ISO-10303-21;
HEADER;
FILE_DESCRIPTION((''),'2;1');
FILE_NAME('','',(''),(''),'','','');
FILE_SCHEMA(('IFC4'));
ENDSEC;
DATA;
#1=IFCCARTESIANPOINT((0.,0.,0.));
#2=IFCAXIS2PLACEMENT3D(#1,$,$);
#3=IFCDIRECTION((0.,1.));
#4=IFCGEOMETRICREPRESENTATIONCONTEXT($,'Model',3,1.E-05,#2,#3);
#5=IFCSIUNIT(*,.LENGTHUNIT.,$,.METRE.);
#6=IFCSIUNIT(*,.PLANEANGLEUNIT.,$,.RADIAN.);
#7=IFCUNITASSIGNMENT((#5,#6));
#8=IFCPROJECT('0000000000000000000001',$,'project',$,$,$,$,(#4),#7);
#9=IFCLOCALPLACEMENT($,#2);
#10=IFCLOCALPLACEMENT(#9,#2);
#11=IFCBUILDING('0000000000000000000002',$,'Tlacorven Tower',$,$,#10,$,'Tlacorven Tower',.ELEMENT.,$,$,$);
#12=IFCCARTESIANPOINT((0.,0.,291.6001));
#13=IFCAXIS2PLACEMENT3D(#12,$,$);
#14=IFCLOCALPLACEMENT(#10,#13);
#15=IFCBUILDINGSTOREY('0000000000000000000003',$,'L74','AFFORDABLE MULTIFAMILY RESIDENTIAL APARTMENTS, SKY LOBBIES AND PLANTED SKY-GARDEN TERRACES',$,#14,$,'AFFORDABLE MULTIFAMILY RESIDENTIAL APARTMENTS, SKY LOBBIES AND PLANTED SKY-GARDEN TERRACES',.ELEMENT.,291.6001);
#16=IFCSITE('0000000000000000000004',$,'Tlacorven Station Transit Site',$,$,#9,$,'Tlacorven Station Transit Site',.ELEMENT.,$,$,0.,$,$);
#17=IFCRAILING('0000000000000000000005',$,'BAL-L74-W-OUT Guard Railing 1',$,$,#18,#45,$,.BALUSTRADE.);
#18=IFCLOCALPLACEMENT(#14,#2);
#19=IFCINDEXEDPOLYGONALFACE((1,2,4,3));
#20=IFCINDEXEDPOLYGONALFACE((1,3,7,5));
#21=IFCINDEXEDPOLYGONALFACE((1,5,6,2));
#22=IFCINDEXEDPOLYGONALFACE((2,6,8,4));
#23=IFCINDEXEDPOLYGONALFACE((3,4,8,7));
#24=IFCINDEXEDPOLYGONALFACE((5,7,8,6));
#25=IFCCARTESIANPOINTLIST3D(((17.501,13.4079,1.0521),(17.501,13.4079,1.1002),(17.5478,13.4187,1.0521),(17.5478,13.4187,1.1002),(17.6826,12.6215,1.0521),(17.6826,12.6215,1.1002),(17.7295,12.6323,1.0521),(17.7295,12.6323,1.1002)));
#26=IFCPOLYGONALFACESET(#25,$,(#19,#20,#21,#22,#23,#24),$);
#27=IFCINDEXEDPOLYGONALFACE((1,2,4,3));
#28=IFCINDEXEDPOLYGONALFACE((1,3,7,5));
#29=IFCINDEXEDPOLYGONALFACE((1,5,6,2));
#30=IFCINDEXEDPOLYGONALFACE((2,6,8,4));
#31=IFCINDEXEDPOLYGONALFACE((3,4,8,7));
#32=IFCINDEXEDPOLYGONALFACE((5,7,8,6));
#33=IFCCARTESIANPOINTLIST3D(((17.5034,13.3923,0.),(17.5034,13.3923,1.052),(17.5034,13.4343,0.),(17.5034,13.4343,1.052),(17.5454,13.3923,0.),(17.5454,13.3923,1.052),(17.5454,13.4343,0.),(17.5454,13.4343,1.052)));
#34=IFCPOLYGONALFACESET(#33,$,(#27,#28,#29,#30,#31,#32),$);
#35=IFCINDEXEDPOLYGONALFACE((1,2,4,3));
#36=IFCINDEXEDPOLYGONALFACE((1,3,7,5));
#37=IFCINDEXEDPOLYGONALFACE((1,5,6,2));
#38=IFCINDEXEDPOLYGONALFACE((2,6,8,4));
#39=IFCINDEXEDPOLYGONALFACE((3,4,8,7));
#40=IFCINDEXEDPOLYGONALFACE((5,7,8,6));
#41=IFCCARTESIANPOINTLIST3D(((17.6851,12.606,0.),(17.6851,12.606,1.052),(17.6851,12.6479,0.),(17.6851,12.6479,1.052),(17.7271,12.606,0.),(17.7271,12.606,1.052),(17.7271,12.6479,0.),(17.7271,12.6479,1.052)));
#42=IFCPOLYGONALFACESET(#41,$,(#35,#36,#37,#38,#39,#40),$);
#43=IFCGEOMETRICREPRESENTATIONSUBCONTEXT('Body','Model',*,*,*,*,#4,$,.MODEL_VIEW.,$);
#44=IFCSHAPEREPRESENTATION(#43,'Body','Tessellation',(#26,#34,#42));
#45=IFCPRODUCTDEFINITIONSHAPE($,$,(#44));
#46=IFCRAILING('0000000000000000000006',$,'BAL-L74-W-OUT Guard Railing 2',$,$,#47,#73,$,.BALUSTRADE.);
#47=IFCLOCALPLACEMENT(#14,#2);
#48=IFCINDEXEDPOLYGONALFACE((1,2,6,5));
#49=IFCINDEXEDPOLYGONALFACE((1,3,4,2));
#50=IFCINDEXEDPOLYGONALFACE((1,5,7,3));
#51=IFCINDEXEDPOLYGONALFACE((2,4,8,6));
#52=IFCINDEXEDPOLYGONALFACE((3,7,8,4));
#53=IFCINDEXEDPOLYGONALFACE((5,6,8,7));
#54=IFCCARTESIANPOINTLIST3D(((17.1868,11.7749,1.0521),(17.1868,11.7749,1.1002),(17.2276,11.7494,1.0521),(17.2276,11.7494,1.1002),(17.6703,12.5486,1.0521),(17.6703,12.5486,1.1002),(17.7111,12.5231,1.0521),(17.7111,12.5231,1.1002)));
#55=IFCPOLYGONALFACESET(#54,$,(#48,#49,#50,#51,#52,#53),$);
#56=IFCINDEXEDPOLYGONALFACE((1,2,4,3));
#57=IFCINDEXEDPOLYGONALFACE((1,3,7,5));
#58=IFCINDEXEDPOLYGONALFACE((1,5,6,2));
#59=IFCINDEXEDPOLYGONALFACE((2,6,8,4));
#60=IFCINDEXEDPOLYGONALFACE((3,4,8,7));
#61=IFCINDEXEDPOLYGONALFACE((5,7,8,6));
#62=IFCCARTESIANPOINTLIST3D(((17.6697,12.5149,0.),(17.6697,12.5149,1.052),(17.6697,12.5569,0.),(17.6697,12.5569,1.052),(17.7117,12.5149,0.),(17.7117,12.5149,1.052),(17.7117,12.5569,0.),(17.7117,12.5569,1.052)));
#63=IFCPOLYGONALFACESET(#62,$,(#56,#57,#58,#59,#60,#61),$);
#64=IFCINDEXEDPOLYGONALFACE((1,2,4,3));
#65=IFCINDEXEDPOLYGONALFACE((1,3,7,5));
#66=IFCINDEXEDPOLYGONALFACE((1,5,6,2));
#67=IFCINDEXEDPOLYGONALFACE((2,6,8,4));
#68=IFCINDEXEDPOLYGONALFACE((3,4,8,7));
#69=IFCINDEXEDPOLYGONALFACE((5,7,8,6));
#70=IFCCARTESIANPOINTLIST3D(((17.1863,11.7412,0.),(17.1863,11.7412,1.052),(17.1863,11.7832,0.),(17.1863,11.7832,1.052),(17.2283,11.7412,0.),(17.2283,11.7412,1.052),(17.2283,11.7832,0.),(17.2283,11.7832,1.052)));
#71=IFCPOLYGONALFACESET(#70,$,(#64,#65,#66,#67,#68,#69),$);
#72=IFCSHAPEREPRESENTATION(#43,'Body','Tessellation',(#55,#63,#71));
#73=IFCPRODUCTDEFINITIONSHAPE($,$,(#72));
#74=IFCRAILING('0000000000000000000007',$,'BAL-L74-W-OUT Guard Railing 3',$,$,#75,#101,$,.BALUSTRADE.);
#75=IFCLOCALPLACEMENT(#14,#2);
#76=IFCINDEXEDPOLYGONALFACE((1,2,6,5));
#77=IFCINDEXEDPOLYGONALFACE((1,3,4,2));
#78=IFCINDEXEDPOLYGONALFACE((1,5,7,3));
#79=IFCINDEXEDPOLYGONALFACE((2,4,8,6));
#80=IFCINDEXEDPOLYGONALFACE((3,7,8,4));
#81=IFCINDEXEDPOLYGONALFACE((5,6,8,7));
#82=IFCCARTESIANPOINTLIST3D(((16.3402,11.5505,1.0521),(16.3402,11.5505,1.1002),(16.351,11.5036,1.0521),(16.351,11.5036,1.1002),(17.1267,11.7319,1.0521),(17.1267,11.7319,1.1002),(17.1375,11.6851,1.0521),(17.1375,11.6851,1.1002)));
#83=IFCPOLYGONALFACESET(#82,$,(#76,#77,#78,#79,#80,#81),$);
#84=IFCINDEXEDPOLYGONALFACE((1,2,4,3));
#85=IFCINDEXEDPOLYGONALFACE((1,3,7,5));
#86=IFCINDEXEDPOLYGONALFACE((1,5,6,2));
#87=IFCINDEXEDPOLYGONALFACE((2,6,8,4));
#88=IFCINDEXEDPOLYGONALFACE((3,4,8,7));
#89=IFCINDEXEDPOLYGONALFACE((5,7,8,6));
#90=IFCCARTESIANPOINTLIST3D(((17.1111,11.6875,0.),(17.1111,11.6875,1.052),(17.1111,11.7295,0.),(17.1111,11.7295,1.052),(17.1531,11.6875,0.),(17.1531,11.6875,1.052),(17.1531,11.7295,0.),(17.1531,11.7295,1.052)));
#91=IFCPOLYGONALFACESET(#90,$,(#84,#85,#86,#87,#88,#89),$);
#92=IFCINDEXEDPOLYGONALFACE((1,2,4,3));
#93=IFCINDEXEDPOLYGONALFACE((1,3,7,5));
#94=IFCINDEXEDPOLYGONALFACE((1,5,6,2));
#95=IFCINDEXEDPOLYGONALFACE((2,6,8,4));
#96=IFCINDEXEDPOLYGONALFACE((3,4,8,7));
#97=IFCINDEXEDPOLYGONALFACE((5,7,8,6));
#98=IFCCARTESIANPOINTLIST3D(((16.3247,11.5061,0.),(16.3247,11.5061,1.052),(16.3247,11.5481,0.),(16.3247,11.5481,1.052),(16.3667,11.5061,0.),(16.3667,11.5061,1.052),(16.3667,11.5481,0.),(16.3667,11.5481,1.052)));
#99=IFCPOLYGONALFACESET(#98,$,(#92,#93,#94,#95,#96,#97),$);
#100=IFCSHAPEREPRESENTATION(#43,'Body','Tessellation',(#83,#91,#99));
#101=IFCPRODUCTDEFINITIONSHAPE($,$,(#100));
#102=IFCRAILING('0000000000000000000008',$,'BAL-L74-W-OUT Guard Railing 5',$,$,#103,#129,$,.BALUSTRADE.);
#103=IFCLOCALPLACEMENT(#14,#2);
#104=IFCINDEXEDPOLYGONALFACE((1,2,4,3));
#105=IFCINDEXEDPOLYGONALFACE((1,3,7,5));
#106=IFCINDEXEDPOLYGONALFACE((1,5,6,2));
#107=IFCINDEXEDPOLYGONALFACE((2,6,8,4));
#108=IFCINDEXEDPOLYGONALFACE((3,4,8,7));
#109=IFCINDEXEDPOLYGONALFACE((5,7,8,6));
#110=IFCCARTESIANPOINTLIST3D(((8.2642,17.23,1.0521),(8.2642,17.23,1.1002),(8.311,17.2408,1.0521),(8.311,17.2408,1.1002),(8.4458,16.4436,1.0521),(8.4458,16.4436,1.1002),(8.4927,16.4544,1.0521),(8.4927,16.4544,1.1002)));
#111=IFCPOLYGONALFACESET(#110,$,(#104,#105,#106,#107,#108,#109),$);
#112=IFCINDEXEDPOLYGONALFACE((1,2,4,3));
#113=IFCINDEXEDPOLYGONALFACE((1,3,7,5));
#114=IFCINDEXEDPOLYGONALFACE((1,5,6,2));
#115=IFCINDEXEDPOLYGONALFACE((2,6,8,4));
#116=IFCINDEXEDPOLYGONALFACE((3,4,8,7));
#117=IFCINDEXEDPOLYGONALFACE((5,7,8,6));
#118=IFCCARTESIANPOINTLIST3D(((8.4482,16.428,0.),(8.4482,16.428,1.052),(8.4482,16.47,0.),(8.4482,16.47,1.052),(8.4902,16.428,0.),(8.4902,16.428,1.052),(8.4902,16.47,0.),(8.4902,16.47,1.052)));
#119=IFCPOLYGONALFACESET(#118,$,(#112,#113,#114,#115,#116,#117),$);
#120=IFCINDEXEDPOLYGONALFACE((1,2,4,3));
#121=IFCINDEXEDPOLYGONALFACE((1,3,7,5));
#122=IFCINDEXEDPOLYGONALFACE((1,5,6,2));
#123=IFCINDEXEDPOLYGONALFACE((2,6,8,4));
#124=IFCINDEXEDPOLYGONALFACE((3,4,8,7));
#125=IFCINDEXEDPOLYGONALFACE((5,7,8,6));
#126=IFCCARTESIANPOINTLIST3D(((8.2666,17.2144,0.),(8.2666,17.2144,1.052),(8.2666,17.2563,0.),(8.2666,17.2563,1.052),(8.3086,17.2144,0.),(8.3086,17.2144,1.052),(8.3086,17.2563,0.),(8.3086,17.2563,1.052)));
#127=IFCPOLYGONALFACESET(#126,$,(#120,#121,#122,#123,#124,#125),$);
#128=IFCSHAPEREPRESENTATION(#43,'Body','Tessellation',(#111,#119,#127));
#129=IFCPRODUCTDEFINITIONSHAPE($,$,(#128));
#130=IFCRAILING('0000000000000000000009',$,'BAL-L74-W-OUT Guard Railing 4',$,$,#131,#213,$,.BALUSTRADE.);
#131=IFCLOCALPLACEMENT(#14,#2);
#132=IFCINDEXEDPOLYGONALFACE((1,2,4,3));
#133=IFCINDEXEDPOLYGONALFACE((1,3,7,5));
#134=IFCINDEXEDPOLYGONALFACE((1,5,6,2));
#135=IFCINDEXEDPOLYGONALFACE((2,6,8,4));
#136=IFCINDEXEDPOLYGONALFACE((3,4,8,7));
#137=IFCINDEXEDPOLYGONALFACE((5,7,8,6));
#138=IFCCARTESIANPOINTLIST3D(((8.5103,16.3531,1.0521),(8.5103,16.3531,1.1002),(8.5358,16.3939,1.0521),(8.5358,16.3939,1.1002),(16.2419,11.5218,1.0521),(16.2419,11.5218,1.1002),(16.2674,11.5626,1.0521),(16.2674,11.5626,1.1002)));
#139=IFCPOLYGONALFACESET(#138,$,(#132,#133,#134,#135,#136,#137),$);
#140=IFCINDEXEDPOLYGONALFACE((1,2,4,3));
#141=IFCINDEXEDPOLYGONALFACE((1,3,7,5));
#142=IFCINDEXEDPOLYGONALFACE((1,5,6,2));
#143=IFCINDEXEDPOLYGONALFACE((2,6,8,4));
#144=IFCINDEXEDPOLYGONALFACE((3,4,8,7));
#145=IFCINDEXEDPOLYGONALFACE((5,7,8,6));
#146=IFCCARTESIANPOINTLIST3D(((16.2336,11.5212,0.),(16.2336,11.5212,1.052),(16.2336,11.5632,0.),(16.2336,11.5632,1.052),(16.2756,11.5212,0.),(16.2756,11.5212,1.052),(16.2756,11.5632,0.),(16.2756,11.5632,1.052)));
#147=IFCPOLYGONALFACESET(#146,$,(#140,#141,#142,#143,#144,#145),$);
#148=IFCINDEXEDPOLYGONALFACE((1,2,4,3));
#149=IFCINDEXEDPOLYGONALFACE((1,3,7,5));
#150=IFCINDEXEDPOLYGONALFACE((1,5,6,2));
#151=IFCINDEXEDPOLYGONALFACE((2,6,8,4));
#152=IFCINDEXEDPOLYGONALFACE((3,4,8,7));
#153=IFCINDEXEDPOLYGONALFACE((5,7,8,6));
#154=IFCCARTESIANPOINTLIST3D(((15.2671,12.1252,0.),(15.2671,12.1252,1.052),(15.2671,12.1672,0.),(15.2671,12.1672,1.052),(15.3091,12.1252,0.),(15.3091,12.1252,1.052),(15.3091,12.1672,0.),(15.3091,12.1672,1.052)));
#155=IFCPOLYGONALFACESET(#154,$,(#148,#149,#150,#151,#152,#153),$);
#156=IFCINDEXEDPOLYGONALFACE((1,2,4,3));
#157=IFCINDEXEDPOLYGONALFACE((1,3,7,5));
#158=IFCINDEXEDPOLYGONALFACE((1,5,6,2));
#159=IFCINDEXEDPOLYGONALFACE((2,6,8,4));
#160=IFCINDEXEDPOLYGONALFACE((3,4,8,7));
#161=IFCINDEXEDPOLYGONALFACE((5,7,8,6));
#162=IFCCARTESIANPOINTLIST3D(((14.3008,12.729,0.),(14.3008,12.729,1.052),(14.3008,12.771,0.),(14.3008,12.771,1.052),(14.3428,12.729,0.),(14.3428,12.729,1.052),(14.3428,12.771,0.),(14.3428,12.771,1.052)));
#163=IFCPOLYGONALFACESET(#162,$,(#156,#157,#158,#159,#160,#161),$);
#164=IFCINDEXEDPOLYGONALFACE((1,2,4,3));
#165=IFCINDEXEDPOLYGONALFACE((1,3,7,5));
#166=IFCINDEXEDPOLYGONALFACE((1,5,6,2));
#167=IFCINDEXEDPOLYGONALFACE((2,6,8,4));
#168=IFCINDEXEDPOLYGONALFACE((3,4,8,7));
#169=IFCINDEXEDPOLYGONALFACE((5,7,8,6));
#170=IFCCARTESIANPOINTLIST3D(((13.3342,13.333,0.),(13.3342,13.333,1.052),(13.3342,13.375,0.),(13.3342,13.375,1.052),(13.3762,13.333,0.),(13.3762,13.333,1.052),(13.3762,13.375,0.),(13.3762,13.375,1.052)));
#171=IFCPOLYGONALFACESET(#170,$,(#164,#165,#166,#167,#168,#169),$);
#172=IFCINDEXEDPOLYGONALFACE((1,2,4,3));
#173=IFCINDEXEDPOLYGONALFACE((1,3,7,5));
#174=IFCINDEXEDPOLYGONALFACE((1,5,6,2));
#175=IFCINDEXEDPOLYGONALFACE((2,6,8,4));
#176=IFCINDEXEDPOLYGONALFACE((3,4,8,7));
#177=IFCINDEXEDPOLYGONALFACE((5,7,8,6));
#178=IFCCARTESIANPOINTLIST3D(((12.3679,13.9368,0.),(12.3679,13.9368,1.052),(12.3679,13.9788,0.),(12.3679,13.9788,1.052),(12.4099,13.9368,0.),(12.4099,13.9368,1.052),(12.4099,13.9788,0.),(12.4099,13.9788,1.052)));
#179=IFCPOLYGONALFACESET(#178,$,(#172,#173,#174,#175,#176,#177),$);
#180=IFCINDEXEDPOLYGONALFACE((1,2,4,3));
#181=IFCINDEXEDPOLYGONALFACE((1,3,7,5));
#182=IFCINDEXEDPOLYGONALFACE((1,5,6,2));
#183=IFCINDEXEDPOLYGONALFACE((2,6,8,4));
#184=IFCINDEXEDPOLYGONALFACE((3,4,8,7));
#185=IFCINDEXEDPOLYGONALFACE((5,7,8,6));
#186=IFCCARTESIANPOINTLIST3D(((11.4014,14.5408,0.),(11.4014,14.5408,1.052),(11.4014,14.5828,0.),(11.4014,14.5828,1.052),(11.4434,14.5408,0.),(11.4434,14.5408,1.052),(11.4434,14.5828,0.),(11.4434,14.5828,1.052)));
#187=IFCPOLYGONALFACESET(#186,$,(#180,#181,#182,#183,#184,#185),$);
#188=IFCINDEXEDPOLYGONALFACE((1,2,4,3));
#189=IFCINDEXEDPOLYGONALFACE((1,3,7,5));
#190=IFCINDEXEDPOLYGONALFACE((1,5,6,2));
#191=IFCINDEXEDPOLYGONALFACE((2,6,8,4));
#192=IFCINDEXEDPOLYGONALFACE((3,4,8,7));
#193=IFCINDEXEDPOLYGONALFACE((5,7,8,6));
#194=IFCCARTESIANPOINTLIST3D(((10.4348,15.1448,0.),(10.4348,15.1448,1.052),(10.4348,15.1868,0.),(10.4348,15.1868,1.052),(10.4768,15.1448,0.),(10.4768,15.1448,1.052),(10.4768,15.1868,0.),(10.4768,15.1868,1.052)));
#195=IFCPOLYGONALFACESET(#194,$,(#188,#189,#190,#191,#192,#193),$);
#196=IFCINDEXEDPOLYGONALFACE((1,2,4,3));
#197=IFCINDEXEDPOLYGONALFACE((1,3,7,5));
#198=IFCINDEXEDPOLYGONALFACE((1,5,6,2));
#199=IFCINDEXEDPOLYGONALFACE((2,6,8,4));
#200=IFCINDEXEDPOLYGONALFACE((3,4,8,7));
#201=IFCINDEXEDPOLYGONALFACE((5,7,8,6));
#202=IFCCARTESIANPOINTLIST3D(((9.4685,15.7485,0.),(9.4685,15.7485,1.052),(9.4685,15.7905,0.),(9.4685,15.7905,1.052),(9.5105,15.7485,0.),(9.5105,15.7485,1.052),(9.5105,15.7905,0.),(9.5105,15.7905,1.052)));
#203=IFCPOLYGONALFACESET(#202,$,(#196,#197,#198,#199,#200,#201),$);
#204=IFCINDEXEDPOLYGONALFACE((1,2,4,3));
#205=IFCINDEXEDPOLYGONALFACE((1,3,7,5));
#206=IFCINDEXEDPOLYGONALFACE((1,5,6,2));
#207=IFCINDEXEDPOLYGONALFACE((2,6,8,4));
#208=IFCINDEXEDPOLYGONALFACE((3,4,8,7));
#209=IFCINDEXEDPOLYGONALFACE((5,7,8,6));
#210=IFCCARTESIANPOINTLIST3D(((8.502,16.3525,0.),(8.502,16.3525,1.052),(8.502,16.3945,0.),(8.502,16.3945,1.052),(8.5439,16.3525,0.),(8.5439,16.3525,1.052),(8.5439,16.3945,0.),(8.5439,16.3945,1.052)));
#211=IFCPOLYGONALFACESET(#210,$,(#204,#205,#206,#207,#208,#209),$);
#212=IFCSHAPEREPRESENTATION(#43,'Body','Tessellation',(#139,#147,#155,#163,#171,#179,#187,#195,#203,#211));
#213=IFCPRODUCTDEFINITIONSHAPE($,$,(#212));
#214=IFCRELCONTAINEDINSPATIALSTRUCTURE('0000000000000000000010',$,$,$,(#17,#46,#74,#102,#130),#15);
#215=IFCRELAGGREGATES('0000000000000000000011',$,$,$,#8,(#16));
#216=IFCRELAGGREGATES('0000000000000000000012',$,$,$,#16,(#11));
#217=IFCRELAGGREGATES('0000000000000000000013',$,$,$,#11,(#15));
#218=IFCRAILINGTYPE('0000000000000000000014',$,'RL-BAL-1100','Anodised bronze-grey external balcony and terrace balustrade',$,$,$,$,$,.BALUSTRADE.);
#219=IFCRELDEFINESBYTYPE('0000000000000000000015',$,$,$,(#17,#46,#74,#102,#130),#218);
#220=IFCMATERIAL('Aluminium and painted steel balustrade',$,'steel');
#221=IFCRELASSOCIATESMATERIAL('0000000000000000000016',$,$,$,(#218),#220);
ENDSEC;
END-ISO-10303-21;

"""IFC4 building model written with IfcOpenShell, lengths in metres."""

from ifc_helpers import new_model, si_unit, direction, frame, origin, origin_2d, place, context, subcontext, project, spatial, rectangle, extrude, source, transform, mapped, material, type_object, element, save


model = new_model("IFC4")

# Units and contexts
model_context = context("Model", 3, precision=1e-05, world=origin(), true_north=direction((0.0, 1.0)))
body_context = subcontext(model_context, "Body", "Model", "MODEL_VIEW")
ifc_project = project(units=[si_unit("LENGTHUNIT", "METRE"), si_unit("PLANEANGLEUNIT", "RADIAN")], contexts=[model_context])

# Site, building, storey
site_placement = place(None, origin())
site = spatial("IfcSite", under=ifc_project, at=site_placement, Name="Tlacorven Station Transit Site", LongName="Tlacorven Station Transit Site", CompositionType="ELEMENT", RefElevation=0.0)
building_placement = place(site_placement, origin())
building = spatial("IfcBuilding", under=site, at=building_placement, Name="Tlacorven Tower", LongName="Tlacorven Tower", CompositionType="ELEMENT")
storey_placement = place(building_placement, frame((0.0, 0.0, 291.6001)))
storey = spatial("IfcBuildingStorey", under=building, at=storey_placement, Name="L74", Description="AFFORDABLE MULTIFAMILY RESIDENTIAL APARTMENTS, SKY LOBBIES AND PLANTED SKY-GARDEN TERRACES", LongName="AFFORDABLE MULTIFAMILY RESIDENTIAL APARTMENTS, SKY LOBBIES AND PLANTED SKY-GARDEN TERRACES", CompositionType="ELEMENT", Elevation=291.6001)

# Railings
ifc_material_1 = material(Name="Aluminium and painted steel balustrade", Category="steel")
railing_type = type_object("IfcRailingType", Name="RL-BAL-1100", Description="Anodised bronze-grey external balcony and terrace balustrade", PredefinedType="BALUSTRADE", material=ifc_material_1)
shared_shape_1 = source(origin(), body_context, "Body", "SweptSolid", [
    extrude(rectangle(XDim=0.0481, YDim=0.0481, at=origin_2d()), frame((0.0, 0.0, 1.0762), z_axis=(0.225058, -0.974345, 0.0), x_axis=(0.974345, 0.225058, 0.0)), (0.0, 0.0, 1.0), 0.8071),
    extrude(rectangle(XDim=0.042, YDim=0.042, at=origin_2d()), origin(), (0.0, 0.0, 1.0), 1.052),
    extrude(rectangle(XDim=0.042, YDim=0.042, at=origin_2d()), frame((0.1816, -0.7864, 0.0)), (0.0, 0.0, 1.0), 1.052),
])
railing_1_placement = place(storey_placement, frame((17.5244, 13.4133, 0.0)))
element("IfcRailing", 1, at=railing_1_placement, inside=storey, type_object=railing_type, Name="BAL-L74-W-OUT Guard Railing 1", PredefinedType="BALUSTRADE", context=body_context, shape_type="MappedRepresentation", body=[
    mapped(shared_shape_1, transform((0.0, 0.0, 0.0), scale=1.0)),
])
shared_shape_2 = source(origin(), body_context, "Body", "SweptSolid", [
    extrude(rectangle(XDim=0.0481, YDim=0.0481, at=origin_2d()), frame((0.0, 0.0, 1.0762), z_axis=(-0.529879, -0.848073, 0.0), x_axis=(0.848073, -0.529879, 0.0)), (0.0, 0.0, 1.0), 0.9124),
    extrude(rectangle(XDim=0.042, YDim=0.042, at=origin_2d()), origin(), (0.0, 0.0, 1.0), 1.052),
    extrude(rectangle(XDim=0.042, YDim=0.042, at=origin_2d()), frame((-0.4834, -0.7737, 0.0)), (0.0, 0.0, 1.0), 1.052),
])
railing_2_placement = place(storey_placement, frame((17.6907, 12.5359, 0.0)))
element("IfcRailing", 2, at=railing_2_placement, inside=storey, type_object=railing_type, Name="BAL-L74-W-OUT Guard Railing 2", PredefinedType="BALUSTRADE", context=body_context, shape_type="MappedRepresentation", body=[
    mapped(shared_shape_2, transform((0.0, 0.0, 0.0), scale=1.0)),
])
shared_shape_3 = source(origin(), body_context, "Body", "SweptSolid", [
    extrude(rectangle(XDim=0.0481, YDim=0.0481, at=origin_2d()), frame((0.0, 0.0, 1.0762), z_axis=(-0.974412, -0.224771, 0.0), x_axis=(0.224771, -0.974412, 0.0)), (0.0, 0.0, 1.0), 0.8071),
    extrude(rectangle(XDim=0.042, YDim=0.042, at=origin_2d()), origin(), (0.0, 0.0, 1.0), 1.052),
    extrude(rectangle(XDim=0.042, YDim=0.042, at=origin_2d()), frame((-0.7864, -0.1814, 0.0)), (0.0, 0.0, 1.0), 1.052),
])
railing_3_placement = place(storey_placement, frame((17.1321, 11.7085, 0.0)))
element("IfcRailing", 3, at=railing_3_placement, inside=storey, type_object=railing_type, Name="BAL-L74-W-OUT Guard Railing 3", PredefinedType="BALUSTRADE", context=body_context, shape_type="MappedRepresentation", body=[
    mapped(shared_shape_3, transform((0.0, 0.0, 0.0), scale=1.0)),
])
shared_shape_4 = source(origin(), body_context, "Body", "SweptSolid", [
    extrude(rectangle(XDim=0.0481, YDim=0.0481, at=origin_2d()), frame((0.0, 0.0, 1.0762), z_axis=(-0.225058, 0.974345, 0.0), x_axis=(-0.974345, -0.225058, 0.0)), (0.0, 0.0, 1.0), 0.8071),
    extrude(rectangle(XDim=0.042, YDim=0.042, at=origin_2d()), origin(), (0.0, 0.0, 1.0), 1.052),
    extrude(rectangle(XDim=0.042, YDim=0.042, at=origin_2d()), frame((-0.1816, 0.7864, 0.0)), (0.0, 0.0, 1.0), 1.052),
])
railing_4_placement = place(storey_placement, frame((8.4692, 16.449, 0.0)))
element("IfcRailing", 4, at=railing_4_placement, inside=storey, type_object=railing_type, Name="BAL-L74-W-OUT Guard Railing 5", PredefinedType="BALUSTRADE", context=body_context, shape_type="MappedRepresentation", body=[
    mapped(shared_shape_4, transform((0.0, 0.0, 0.0), scale=1.0)),
])
shared_shape_5 = source(origin(), body_context, "Body", "SweptSolid", [
    extrude(rectangle(XDim=0.0481, YDim=0.0481, at=origin_2d()), frame((0.0, 0.0, 1.0762), z_axis=(-0.848048, 0.52992, 0.0), x_axis=(-0.52992, -0.848048, 0.0)), (0.0, 0.0, 1.0), 9.1169),
    extrude(rectangle(XDim=0.042, YDim=0.042, at=origin_2d()), origin(), (0.0, 0.0, 1.0), 1.052),
    extrude(rectangle(XDim=0.042, YDim=0.042, at=origin_2d()), frame((-0.9666, 0.604, 0.0)), (0.0, 0.0, 1.0), 1.052),
    extrude(rectangle(XDim=0.042, YDim=0.042, at=origin_2d()), frame((-1.9329, 1.2078, 0.0)), (0.0, 0.0, 1.0), 1.052),
    extrude(rectangle(XDim=0.042, YDim=0.042, at=origin_2d()), frame((-2.8994, 1.8118, 0.0)), (0.0, 0.0, 1.0), 1.052),
    extrude(rectangle(XDim=0.042, YDim=0.042, at=origin_2d()), frame((-3.8657, 2.4155, 0.0)), (0.0, 0.0, 1.0), 1.052),
    extrude(rectangle(XDim=0.042, YDim=0.042, at=origin_2d()), frame((-4.8323, 3.0195, 0.0)), (0.0, 0.0, 1.0), 1.052),
    extrude(rectangle(XDim=0.042, YDim=0.042, at=origin_2d()), frame((-5.7988, 3.6235, 0.0)), (0.0, 0.0, 1.0), 1.052),
    extrude(rectangle(XDim=0.042, YDim=0.042, at=origin_2d()), frame((-6.7651, 4.2273, 0.0)), (0.0, 0.0, 1.0), 1.052),
    extrude(rectangle(XDim=0.042, YDim=0.042, at=origin_2d()), frame((-7.7317, 4.8313, 0.0)), (0.0, 0.0, 1.0), 1.052),
])
railing_5_placement = place(storey_placement, frame((16.2546, 11.5422, 0.0)))
element("IfcRailing", 5, at=railing_5_placement, inside=storey, type_object=railing_type, Name="BAL-L74-W-OUT Guard Railing 4", PredefinedType="BALUSTRADE", context=body_context, shape_type="MappedRepresentation", body=[
    mapped(shared_shape_5, transform((0.0, 0.0, 0.0), scale=1.0)),
])

save(model, "model.ifc")
